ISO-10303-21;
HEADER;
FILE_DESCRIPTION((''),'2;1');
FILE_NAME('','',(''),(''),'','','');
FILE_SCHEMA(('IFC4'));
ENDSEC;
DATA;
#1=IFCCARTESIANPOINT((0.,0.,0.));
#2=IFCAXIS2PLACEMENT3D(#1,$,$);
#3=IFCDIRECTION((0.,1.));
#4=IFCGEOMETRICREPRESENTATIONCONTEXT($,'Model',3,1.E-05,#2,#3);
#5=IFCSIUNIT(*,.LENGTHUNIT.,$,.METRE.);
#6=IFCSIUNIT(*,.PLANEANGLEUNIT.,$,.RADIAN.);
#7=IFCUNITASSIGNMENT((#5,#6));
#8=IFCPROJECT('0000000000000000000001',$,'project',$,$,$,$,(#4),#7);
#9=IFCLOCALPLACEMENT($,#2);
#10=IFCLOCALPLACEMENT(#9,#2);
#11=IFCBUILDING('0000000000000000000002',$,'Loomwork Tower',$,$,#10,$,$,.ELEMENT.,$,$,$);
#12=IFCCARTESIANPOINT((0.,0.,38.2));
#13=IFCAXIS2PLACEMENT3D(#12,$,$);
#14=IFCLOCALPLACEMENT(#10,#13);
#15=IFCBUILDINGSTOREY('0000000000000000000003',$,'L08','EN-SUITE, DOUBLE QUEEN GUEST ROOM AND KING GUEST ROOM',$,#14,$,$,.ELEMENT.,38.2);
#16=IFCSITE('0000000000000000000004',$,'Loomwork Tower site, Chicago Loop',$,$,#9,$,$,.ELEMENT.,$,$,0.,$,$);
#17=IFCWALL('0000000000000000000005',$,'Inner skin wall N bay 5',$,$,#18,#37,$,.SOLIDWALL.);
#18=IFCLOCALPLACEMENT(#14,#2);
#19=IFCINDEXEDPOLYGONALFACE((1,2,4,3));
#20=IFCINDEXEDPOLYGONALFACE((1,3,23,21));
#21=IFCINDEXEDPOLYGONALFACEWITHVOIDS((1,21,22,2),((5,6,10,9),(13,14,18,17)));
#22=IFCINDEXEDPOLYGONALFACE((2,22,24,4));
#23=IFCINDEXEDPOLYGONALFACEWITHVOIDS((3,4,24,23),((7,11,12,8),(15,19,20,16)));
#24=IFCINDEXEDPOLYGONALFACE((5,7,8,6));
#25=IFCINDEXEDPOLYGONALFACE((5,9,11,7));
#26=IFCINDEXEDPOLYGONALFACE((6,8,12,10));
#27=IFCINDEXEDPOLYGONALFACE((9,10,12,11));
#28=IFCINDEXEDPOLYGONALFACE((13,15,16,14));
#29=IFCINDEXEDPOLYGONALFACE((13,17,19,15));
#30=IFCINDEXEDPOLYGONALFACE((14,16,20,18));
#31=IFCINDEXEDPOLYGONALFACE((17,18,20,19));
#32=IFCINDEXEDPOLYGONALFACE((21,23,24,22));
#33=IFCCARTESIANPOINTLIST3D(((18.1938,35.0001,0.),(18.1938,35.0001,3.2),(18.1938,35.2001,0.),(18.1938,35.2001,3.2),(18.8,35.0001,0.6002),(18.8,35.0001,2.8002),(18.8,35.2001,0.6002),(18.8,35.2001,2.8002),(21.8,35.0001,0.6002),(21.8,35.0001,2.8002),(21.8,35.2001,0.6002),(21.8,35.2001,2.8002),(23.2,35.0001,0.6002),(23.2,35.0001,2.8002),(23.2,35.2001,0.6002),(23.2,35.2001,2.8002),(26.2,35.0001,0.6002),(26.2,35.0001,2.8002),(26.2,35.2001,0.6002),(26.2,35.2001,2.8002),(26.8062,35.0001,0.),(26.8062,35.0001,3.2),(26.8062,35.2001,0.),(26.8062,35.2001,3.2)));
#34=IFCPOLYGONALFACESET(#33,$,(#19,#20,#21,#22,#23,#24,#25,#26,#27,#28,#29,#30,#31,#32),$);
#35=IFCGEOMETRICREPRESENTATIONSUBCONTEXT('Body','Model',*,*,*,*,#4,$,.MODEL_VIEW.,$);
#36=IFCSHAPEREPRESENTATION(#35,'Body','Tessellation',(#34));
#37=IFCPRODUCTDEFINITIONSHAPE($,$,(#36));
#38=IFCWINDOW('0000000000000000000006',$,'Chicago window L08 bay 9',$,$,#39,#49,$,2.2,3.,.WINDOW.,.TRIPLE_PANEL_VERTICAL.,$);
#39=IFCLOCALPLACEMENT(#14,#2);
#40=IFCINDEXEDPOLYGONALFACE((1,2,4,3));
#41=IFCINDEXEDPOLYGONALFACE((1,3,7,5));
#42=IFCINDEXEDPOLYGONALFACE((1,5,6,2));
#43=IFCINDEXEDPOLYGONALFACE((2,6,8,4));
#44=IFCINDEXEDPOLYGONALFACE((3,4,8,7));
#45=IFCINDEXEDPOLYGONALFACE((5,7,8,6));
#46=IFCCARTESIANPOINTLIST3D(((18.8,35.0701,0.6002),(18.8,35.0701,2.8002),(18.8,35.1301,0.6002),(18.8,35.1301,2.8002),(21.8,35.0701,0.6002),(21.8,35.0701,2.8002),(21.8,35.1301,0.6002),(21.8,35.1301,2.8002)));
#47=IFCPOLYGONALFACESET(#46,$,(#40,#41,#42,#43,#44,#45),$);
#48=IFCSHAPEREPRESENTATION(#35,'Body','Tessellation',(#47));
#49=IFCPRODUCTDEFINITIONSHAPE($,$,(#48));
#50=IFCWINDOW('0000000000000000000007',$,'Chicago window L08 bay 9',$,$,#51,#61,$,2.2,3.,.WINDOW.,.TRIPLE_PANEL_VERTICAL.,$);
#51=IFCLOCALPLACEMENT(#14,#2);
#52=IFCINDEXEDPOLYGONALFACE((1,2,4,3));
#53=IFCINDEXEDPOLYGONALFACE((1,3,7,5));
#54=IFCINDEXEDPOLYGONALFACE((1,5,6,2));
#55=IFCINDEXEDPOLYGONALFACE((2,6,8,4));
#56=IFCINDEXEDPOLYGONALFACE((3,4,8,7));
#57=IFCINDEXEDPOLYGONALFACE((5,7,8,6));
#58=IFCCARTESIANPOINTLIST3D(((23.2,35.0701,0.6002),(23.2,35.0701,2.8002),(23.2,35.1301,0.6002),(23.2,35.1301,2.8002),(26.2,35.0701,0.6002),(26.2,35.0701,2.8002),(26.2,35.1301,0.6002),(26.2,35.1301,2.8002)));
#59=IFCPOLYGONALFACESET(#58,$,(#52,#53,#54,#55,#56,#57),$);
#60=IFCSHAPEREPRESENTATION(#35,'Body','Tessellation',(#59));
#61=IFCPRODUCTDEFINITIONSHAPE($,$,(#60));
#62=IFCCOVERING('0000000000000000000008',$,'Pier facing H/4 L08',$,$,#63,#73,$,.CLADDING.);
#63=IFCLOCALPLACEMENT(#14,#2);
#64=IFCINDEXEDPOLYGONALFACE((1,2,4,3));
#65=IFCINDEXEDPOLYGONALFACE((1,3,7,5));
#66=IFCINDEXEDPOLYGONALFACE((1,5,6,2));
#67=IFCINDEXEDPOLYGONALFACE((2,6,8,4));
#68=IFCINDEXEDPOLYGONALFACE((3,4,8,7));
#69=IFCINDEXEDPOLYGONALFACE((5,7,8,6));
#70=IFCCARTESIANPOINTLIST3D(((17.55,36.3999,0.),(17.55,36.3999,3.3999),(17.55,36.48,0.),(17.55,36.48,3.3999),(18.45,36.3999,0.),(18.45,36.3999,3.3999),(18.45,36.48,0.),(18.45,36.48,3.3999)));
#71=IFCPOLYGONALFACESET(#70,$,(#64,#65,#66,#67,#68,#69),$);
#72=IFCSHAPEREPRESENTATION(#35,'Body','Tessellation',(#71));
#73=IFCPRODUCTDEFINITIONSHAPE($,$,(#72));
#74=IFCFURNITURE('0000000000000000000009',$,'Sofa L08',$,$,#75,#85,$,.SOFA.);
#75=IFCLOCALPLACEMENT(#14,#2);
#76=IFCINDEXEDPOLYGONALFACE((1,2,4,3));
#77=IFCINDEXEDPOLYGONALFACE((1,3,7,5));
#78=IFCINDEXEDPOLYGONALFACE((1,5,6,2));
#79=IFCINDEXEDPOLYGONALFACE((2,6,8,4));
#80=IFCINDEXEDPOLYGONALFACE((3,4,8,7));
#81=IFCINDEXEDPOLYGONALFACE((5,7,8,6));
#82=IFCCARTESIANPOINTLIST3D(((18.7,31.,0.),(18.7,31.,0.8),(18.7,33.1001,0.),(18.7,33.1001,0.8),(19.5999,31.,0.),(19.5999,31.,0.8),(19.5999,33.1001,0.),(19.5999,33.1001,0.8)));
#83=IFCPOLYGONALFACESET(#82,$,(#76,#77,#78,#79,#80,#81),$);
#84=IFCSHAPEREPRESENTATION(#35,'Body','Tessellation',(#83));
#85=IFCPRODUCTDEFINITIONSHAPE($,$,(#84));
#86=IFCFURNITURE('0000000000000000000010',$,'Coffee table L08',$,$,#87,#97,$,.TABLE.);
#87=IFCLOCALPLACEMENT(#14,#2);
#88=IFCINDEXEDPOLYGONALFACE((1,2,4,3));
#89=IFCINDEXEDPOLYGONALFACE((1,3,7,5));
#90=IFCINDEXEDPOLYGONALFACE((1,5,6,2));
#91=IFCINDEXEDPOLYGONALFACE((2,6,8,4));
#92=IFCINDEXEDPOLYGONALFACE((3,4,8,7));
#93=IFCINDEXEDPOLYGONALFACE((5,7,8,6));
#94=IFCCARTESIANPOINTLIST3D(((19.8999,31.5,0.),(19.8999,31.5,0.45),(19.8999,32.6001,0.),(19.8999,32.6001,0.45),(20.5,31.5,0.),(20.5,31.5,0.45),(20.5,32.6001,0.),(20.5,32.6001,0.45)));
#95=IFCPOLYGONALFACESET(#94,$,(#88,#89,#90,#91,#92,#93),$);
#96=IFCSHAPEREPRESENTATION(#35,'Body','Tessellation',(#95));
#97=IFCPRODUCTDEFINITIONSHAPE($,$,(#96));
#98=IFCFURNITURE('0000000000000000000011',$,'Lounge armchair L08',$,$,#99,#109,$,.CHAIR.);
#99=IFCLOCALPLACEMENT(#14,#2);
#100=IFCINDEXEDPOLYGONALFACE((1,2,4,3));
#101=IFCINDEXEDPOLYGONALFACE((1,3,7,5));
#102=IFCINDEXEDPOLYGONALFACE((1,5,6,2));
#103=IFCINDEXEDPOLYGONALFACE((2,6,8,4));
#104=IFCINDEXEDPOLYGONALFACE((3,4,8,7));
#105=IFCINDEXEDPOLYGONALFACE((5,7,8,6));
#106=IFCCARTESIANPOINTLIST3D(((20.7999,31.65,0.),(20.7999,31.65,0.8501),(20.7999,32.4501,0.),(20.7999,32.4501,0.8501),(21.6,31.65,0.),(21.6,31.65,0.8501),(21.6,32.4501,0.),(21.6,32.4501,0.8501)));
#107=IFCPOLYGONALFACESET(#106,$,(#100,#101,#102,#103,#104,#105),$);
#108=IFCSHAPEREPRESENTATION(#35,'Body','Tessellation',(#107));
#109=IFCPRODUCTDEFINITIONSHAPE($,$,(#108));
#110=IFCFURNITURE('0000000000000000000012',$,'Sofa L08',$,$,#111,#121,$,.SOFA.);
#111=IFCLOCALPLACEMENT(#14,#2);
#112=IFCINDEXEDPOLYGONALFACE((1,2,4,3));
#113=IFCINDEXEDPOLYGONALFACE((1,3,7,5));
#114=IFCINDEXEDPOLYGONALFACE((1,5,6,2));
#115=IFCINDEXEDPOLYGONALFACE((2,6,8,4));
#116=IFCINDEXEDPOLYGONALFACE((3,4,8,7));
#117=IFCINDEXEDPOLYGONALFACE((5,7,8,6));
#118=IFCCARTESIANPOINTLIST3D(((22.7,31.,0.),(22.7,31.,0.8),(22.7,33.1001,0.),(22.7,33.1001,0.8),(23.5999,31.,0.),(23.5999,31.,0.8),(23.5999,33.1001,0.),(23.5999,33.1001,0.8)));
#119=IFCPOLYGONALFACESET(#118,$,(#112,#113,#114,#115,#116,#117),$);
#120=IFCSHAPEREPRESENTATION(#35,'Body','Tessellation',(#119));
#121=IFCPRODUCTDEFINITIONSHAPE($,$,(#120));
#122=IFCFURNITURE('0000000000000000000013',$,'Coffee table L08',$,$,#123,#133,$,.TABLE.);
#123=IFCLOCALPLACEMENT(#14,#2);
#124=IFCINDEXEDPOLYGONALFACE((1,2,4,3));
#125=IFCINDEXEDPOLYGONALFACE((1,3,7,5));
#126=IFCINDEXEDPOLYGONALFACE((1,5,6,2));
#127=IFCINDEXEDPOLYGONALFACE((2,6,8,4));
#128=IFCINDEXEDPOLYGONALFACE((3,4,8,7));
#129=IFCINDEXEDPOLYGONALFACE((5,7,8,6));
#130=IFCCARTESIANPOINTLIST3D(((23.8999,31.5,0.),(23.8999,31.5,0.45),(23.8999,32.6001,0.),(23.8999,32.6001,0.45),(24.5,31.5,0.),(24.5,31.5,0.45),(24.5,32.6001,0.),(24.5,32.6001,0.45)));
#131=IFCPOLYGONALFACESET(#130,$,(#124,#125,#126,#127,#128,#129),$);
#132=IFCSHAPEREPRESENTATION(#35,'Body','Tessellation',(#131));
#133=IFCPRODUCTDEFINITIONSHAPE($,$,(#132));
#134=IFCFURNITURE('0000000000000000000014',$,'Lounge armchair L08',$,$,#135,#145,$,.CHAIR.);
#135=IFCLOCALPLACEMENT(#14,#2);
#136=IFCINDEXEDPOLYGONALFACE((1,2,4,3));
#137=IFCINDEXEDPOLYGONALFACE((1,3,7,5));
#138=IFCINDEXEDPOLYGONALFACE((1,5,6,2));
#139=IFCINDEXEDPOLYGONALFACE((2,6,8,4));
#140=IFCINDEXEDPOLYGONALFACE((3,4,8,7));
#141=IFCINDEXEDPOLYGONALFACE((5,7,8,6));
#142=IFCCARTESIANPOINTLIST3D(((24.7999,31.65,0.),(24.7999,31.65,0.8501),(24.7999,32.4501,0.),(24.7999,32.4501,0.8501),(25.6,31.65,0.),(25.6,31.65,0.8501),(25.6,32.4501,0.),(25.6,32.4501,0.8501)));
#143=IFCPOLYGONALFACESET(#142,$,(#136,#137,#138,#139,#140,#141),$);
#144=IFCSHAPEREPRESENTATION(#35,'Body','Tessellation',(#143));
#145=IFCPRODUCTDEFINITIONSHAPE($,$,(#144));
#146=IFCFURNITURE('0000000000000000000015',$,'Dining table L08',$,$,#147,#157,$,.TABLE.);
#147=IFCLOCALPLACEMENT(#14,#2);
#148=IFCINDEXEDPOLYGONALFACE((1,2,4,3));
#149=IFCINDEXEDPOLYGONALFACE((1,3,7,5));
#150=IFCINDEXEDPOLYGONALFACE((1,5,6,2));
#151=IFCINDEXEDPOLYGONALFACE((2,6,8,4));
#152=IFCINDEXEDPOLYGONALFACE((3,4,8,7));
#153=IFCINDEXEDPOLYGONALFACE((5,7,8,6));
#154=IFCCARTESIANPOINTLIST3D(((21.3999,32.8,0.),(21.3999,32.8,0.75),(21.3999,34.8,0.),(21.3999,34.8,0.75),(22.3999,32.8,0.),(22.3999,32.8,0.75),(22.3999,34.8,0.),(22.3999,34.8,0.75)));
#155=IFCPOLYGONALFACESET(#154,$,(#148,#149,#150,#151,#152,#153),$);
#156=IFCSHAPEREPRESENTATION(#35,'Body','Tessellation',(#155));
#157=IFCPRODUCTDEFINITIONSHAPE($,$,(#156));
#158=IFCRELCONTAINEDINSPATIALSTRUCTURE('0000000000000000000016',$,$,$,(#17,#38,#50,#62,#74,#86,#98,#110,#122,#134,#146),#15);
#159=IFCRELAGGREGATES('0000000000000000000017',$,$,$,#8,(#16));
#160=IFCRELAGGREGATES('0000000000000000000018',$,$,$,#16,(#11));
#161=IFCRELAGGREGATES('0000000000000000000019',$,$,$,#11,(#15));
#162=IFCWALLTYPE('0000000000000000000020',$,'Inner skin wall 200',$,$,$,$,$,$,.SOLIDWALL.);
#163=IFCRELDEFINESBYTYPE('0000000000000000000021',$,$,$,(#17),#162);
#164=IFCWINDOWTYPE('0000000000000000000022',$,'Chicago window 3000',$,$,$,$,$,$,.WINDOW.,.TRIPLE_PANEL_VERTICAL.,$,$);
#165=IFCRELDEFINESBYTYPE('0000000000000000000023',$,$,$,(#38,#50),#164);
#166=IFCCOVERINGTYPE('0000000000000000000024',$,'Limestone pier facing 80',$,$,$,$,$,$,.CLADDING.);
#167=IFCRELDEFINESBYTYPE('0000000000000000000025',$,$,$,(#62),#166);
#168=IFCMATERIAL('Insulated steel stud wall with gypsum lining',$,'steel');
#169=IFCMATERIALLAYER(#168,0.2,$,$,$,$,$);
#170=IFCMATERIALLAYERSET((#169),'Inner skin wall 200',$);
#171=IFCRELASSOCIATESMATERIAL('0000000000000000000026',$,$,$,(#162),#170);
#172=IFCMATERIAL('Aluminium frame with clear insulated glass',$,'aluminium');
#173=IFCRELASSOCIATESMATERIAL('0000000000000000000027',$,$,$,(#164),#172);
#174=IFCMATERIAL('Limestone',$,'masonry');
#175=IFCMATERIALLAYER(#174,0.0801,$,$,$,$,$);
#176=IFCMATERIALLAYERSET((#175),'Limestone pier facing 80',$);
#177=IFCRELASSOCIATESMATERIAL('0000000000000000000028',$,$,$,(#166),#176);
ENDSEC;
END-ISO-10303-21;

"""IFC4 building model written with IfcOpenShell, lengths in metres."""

from ifc_helpers import new_model, si_unit, direction, frame, frame_2d, origin, origin_2d, place, context, subcontext, project, spatial, rectangle, extrude, material, layer, layer_set, type_object, element, fill, save


model = new_model("IFC4")

# Units and contexts
model_context = context("Model", 3, precision=1e-05, world=origin(), true_north=direction((0.0, 1.0)))
body_context = subcontext(model_context, "Body", "Model", "MODEL_VIEW")
ifc_project = project(units=[si_unit("LENGTHUNIT", "METRE"), si_unit("PLANEANGLEUNIT", "RADIAN")], contexts=[model_context])

# Site, building, storey
site_placement = place(None, origin())
site = spatial("IfcSite", under=ifc_project, at=site_placement, Name="Loomwork Tower site, Chicago Loop", CompositionType="ELEMENT", RefElevation=0.0)
building_placement = place(site_placement, origin())
building = spatial("IfcBuilding", under=site, at=building_placement, Name="Loomwork Tower", CompositionType="ELEMENT")
storey_placement = place(building_placement, frame((0.0, 0.0, 38.2)))
storey = spatial("IfcBuildingStorey", under=building, at=storey_placement, Name="L08", Description="EN-SUITE, DOUBLE QUEEN GUEST ROOM AND KING GUEST ROOM", CompositionType="ELEMENT", Elevation=38.2)

# Wall, openings, windows
ifc_material_1 = material(Name="Insulated steel stud wall with gypsum lining", Category="steel")
ifc_layer_1 = layer(ifc_material_1, 0.2)
ifc_layer_set_1 = layer_set([ifc_layer_1], Name="Inner skin wall 200")
wall_type = type_object("IfcWallType", Name="Inner skin wall 200", PredefinedType="SOLIDWALL", material=ifc_layer_set_1)
wall_placement = place(storey_placement, frame((18.1938, 35.1001, 0.0), z_axis=(0.0, 0.0, 1.0), x_axis=(1.0, 0.0, 0.0)))
wall = element("IfcWall", 1, at=wall_placement, inside=storey, type_object=wall_type, Name="Inner skin wall N bay 5", PredefinedType="SOLIDWALL", context=body_context, shape_type="SweptSolid", body=[
    extrude(rectangle(XDim=8.6123, YDim=0.2, at=frame_2d((4.3062, 0.0))), origin(), (0.0, 0.0, 1.0), 3.2),
])
opening_1_placement = place(wall_placement, frame((0.6062, 0.0, 0.6001)))
opening_1 = element("IfcOpeningElement", 2, at=opening_1_placement, cuts=wall, PredefinedType="OPENING", context=body_context, shape_type="SweptSolid", body=[
    extrude(rectangle(XDim=3.0, YDim=2.2, at=frame_2d((1.5, 1.1001))), frame((0.0, 0.1099, 0.0), z_axis=(0.0, -1.0, 0.0), x_axis=(1.0, 0.0, 0.0)), (0.0, 0.0, 1.0), 0.22),
])
opening_2_placement = place(wall_placement, frame((5.0061, 0.0, 0.6001)))
opening_2 = element("IfcOpeningElement", 3, at=opening_2_placement, cuts=wall, PredefinedType="OPENING", context=body_context, shape_type="SweptSolid", body=[
    extrude(rectangle(XDim=3.0, YDim=2.2, at=frame_2d((1.5, 1.1001))), frame((0.0, 0.1099, 0.0), z_axis=(0.0, -1.0, 0.0), x_axis=(1.0, 0.0, 0.0)), (0.0, 0.0, 1.0), 0.22),
])
ifc_material_2 = material(Name="Aluminium frame with clear insulated glass", Category="aluminium")
window_type = type_object("IfcWindowType", Name="Chicago window 3000", PartitioningType="TRIPLE_PANEL_VERTICAL", PredefinedType="WINDOW", material=ifc_material_2)
window_1_placement = place(opening_1_placement, origin())
window_1 = element("IfcWindow", 4, at=window_1_placement, inside=storey, type_object=window_type, Name="Chicago window L08 bay 9", OverallHeight=2.2, OverallWidth=3.0, PartitioningType="TRIPLE_PANEL_VERTICAL", PredefinedType="WINDOW", context=body_context, shape_type="SweptSolid", body=[
    extrude(rectangle(XDim=3.0, YDim=2.2, at=frame_2d((1.5, 1.1001))), frame((0.0, 0.03, 0.0), z_axis=(0.0, -1.0, 0.0), x_axis=(1.0, 0.0, 0.0)), (0.0, 0.0, 1.0), 0.0601),
])
fill(opening_1, window_1)
window_2_placement = place(opening_2_placement, origin())
window_2 = element("IfcWindow", 5, at=window_2_placement, inside=storey, type_object=window_type, Name="Chicago window L08 bay 9", OverallHeight=2.2, OverallWidth=3.0, PartitioningType="TRIPLE_PANEL_VERTICAL", PredefinedType="WINDOW", context=body_context, shape_type="SweptSolid", body=[
    extrude(rectangle(XDim=3.0, YDim=2.2, at=frame_2d((1.5, 1.1001))), frame((0.0, 0.03, 0.0), z_axis=(0.0, -1.0, 0.0), x_axis=(1.0, 0.0, 0.0)), (0.0, 0.0, 1.0), 0.0601),
])
fill(opening_2, window_2)

# Covering
ifc_material_3 = material(Name="Limestone", Category="masonry")
ifc_layer_2 = layer(ifc_material_3, 0.0801)
ifc_layer_set_2 = layer_set([ifc_layer_2], Name="Limestone pier facing 80")
covering_type = type_object("IfcCoveringType", Name="Limestone pier facing 80", PredefinedType="CLADDING", material=ifc_layer_set_2)
covering_placement = place(storey_placement, frame((18.0, 36.4399, 0.0), z_axis=(0.0, 0.0, 1.0), x_axis=(1.0, 0.0, 0.0)))
element("IfcCovering", 6, at=covering_placement, inside=storey, type_object=covering_type, Name="Pier facing H/4 L08", PredefinedType="CLADDING", context=body_context, shape_type="SweptSolid", body=[
    extrude(rectangle(XDim=0.8999, YDim=0.0801, at=origin_2d()), origin(), (0.0, 0.0, 1.0), 3.3999),
])

# Furniture
furniture_1_placement = place(storey_placement, frame((19.1499, 32.05, 0.0), z_axis=(0.0, 0.0, 1.0), x_axis=(1.0, 0.0, 0.0)))
element("IfcFurniture", 7, at=furniture_1_placement, inside=storey, Name="Sofa L08", PredefinedType="SOFA", context=body_context, shape_type="SweptSolid", body=[
    extrude(rectangle(XDim=0.8999, YDim=2.1001, at=origin_2d()), origin(), (0.0, 0.0, 1.0), 0.8),
])
furniture_2_placement = place(storey_placement, frame((20.2, 32.05, 0.0), z_axis=(0.0, 0.0, 1.0), x_axis=(1.0, 0.0, 0.0)))
element("IfcFurniture", 8, at=furniture_2_placement, inside=storey, Name="Coffee table L08", PredefinedType="TABLE", context=body_context, shape_type="SweptSolid", body=[
    extrude(rectangle(XDim=0.6001, YDim=1.1001, at=origin_2d()), origin(), (0.0, 0.0, 1.0), 0.45),
])
furniture_3_placement = place(storey_placement, frame((21.2, 32.05, 0.0), z_axis=(0.0, 0.0, 1.0), x_axis=(1.0, 0.0, 0.0)))
element("IfcFurniture", 9, at=furniture_3_placement, inside=storey, Name="Lounge armchair L08", PredefinedType="CHAIR", context=body_context, shape_type="SweptSolid", body=[
    extrude(rectangle(XDim=0.8, YDim=0.8, at=origin_2d()), origin(), (0.0, 0.0, 1.0), 0.8501),
])
furniture_4_placement = place(storey_placement, frame((23.1499, 32.05, 0.0), z_axis=(0.0, 0.0, 1.0), x_axis=(1.0, 0.0, 0.0)))
element("IfcFurniture", 10, at=furniture_4_placement, inside=storey, Name="Sofa L08", PredefinedType="SOFA", context=body_context, shape_type="SweptSolid", body=[
    extrude(rectangle(XDim=0.8999, YDim=2.1001, at=origin_2d()), origin(), (0.0, 0.0, 1.0), 0.8),
])
furniture_5_placement = place(storey_placement, frame((24.2, 32.05, 0.0), z_axis=(0.0, 0.0, 1.0), x_axis=(1.0, 0.0, 0.0)))
element("IfcFurniture", 11, at=furniture_5_placement, inside=storey, Name="Coffee table L08", PredefinedType="TABLE", context=body_context, shape_type="SweptSolid", body=[
    extrude(rectangle(XDim=0.6001, YDim=1.1001, at=origin_2d()), origin(), (0.0, 0.0, 1.0), 0.45),
])
furniture_6_placement = place(storey_placement, frame((25.2, 32.05, 0.0), z_axis=(0.0, 0.0, 1.0), x_axis=(1.0, 0.0, 0.0)))
element("IfcFurniture", 12, at=furniture_6_placement, inside=storey, Name="Lounge armchair L08", PredefinedType="CHAIR", context=body_context, shape_type="SweptSolid", body=[
    extrude(rectangle(XDim=0.8, YDim=0.8, at=origin_2d()), origin(), (0.0, 0.0, 1.0), 0.8501),
])
furniture_7_placement = place(storey_placement, frame((21.8999, 33.8, 0.0), z_axis=(0.0, 0.0, 1.0), x_axis=(1.0, 0.0, 0.0)))
element("IfcFurniture", 13, at=furniture_7_placement, inside=storey, Name="Dining table L08", PredefinedType="TABLE", context=body_context, shape_type="SweptSolid", body=[
    extrude(rectangle(XDim=1.0, YDim=2.0, at=origin_2d()), origin(), (0.0, 0.0, 1.0), 0.75),
])

save(model, "model.ifc")
